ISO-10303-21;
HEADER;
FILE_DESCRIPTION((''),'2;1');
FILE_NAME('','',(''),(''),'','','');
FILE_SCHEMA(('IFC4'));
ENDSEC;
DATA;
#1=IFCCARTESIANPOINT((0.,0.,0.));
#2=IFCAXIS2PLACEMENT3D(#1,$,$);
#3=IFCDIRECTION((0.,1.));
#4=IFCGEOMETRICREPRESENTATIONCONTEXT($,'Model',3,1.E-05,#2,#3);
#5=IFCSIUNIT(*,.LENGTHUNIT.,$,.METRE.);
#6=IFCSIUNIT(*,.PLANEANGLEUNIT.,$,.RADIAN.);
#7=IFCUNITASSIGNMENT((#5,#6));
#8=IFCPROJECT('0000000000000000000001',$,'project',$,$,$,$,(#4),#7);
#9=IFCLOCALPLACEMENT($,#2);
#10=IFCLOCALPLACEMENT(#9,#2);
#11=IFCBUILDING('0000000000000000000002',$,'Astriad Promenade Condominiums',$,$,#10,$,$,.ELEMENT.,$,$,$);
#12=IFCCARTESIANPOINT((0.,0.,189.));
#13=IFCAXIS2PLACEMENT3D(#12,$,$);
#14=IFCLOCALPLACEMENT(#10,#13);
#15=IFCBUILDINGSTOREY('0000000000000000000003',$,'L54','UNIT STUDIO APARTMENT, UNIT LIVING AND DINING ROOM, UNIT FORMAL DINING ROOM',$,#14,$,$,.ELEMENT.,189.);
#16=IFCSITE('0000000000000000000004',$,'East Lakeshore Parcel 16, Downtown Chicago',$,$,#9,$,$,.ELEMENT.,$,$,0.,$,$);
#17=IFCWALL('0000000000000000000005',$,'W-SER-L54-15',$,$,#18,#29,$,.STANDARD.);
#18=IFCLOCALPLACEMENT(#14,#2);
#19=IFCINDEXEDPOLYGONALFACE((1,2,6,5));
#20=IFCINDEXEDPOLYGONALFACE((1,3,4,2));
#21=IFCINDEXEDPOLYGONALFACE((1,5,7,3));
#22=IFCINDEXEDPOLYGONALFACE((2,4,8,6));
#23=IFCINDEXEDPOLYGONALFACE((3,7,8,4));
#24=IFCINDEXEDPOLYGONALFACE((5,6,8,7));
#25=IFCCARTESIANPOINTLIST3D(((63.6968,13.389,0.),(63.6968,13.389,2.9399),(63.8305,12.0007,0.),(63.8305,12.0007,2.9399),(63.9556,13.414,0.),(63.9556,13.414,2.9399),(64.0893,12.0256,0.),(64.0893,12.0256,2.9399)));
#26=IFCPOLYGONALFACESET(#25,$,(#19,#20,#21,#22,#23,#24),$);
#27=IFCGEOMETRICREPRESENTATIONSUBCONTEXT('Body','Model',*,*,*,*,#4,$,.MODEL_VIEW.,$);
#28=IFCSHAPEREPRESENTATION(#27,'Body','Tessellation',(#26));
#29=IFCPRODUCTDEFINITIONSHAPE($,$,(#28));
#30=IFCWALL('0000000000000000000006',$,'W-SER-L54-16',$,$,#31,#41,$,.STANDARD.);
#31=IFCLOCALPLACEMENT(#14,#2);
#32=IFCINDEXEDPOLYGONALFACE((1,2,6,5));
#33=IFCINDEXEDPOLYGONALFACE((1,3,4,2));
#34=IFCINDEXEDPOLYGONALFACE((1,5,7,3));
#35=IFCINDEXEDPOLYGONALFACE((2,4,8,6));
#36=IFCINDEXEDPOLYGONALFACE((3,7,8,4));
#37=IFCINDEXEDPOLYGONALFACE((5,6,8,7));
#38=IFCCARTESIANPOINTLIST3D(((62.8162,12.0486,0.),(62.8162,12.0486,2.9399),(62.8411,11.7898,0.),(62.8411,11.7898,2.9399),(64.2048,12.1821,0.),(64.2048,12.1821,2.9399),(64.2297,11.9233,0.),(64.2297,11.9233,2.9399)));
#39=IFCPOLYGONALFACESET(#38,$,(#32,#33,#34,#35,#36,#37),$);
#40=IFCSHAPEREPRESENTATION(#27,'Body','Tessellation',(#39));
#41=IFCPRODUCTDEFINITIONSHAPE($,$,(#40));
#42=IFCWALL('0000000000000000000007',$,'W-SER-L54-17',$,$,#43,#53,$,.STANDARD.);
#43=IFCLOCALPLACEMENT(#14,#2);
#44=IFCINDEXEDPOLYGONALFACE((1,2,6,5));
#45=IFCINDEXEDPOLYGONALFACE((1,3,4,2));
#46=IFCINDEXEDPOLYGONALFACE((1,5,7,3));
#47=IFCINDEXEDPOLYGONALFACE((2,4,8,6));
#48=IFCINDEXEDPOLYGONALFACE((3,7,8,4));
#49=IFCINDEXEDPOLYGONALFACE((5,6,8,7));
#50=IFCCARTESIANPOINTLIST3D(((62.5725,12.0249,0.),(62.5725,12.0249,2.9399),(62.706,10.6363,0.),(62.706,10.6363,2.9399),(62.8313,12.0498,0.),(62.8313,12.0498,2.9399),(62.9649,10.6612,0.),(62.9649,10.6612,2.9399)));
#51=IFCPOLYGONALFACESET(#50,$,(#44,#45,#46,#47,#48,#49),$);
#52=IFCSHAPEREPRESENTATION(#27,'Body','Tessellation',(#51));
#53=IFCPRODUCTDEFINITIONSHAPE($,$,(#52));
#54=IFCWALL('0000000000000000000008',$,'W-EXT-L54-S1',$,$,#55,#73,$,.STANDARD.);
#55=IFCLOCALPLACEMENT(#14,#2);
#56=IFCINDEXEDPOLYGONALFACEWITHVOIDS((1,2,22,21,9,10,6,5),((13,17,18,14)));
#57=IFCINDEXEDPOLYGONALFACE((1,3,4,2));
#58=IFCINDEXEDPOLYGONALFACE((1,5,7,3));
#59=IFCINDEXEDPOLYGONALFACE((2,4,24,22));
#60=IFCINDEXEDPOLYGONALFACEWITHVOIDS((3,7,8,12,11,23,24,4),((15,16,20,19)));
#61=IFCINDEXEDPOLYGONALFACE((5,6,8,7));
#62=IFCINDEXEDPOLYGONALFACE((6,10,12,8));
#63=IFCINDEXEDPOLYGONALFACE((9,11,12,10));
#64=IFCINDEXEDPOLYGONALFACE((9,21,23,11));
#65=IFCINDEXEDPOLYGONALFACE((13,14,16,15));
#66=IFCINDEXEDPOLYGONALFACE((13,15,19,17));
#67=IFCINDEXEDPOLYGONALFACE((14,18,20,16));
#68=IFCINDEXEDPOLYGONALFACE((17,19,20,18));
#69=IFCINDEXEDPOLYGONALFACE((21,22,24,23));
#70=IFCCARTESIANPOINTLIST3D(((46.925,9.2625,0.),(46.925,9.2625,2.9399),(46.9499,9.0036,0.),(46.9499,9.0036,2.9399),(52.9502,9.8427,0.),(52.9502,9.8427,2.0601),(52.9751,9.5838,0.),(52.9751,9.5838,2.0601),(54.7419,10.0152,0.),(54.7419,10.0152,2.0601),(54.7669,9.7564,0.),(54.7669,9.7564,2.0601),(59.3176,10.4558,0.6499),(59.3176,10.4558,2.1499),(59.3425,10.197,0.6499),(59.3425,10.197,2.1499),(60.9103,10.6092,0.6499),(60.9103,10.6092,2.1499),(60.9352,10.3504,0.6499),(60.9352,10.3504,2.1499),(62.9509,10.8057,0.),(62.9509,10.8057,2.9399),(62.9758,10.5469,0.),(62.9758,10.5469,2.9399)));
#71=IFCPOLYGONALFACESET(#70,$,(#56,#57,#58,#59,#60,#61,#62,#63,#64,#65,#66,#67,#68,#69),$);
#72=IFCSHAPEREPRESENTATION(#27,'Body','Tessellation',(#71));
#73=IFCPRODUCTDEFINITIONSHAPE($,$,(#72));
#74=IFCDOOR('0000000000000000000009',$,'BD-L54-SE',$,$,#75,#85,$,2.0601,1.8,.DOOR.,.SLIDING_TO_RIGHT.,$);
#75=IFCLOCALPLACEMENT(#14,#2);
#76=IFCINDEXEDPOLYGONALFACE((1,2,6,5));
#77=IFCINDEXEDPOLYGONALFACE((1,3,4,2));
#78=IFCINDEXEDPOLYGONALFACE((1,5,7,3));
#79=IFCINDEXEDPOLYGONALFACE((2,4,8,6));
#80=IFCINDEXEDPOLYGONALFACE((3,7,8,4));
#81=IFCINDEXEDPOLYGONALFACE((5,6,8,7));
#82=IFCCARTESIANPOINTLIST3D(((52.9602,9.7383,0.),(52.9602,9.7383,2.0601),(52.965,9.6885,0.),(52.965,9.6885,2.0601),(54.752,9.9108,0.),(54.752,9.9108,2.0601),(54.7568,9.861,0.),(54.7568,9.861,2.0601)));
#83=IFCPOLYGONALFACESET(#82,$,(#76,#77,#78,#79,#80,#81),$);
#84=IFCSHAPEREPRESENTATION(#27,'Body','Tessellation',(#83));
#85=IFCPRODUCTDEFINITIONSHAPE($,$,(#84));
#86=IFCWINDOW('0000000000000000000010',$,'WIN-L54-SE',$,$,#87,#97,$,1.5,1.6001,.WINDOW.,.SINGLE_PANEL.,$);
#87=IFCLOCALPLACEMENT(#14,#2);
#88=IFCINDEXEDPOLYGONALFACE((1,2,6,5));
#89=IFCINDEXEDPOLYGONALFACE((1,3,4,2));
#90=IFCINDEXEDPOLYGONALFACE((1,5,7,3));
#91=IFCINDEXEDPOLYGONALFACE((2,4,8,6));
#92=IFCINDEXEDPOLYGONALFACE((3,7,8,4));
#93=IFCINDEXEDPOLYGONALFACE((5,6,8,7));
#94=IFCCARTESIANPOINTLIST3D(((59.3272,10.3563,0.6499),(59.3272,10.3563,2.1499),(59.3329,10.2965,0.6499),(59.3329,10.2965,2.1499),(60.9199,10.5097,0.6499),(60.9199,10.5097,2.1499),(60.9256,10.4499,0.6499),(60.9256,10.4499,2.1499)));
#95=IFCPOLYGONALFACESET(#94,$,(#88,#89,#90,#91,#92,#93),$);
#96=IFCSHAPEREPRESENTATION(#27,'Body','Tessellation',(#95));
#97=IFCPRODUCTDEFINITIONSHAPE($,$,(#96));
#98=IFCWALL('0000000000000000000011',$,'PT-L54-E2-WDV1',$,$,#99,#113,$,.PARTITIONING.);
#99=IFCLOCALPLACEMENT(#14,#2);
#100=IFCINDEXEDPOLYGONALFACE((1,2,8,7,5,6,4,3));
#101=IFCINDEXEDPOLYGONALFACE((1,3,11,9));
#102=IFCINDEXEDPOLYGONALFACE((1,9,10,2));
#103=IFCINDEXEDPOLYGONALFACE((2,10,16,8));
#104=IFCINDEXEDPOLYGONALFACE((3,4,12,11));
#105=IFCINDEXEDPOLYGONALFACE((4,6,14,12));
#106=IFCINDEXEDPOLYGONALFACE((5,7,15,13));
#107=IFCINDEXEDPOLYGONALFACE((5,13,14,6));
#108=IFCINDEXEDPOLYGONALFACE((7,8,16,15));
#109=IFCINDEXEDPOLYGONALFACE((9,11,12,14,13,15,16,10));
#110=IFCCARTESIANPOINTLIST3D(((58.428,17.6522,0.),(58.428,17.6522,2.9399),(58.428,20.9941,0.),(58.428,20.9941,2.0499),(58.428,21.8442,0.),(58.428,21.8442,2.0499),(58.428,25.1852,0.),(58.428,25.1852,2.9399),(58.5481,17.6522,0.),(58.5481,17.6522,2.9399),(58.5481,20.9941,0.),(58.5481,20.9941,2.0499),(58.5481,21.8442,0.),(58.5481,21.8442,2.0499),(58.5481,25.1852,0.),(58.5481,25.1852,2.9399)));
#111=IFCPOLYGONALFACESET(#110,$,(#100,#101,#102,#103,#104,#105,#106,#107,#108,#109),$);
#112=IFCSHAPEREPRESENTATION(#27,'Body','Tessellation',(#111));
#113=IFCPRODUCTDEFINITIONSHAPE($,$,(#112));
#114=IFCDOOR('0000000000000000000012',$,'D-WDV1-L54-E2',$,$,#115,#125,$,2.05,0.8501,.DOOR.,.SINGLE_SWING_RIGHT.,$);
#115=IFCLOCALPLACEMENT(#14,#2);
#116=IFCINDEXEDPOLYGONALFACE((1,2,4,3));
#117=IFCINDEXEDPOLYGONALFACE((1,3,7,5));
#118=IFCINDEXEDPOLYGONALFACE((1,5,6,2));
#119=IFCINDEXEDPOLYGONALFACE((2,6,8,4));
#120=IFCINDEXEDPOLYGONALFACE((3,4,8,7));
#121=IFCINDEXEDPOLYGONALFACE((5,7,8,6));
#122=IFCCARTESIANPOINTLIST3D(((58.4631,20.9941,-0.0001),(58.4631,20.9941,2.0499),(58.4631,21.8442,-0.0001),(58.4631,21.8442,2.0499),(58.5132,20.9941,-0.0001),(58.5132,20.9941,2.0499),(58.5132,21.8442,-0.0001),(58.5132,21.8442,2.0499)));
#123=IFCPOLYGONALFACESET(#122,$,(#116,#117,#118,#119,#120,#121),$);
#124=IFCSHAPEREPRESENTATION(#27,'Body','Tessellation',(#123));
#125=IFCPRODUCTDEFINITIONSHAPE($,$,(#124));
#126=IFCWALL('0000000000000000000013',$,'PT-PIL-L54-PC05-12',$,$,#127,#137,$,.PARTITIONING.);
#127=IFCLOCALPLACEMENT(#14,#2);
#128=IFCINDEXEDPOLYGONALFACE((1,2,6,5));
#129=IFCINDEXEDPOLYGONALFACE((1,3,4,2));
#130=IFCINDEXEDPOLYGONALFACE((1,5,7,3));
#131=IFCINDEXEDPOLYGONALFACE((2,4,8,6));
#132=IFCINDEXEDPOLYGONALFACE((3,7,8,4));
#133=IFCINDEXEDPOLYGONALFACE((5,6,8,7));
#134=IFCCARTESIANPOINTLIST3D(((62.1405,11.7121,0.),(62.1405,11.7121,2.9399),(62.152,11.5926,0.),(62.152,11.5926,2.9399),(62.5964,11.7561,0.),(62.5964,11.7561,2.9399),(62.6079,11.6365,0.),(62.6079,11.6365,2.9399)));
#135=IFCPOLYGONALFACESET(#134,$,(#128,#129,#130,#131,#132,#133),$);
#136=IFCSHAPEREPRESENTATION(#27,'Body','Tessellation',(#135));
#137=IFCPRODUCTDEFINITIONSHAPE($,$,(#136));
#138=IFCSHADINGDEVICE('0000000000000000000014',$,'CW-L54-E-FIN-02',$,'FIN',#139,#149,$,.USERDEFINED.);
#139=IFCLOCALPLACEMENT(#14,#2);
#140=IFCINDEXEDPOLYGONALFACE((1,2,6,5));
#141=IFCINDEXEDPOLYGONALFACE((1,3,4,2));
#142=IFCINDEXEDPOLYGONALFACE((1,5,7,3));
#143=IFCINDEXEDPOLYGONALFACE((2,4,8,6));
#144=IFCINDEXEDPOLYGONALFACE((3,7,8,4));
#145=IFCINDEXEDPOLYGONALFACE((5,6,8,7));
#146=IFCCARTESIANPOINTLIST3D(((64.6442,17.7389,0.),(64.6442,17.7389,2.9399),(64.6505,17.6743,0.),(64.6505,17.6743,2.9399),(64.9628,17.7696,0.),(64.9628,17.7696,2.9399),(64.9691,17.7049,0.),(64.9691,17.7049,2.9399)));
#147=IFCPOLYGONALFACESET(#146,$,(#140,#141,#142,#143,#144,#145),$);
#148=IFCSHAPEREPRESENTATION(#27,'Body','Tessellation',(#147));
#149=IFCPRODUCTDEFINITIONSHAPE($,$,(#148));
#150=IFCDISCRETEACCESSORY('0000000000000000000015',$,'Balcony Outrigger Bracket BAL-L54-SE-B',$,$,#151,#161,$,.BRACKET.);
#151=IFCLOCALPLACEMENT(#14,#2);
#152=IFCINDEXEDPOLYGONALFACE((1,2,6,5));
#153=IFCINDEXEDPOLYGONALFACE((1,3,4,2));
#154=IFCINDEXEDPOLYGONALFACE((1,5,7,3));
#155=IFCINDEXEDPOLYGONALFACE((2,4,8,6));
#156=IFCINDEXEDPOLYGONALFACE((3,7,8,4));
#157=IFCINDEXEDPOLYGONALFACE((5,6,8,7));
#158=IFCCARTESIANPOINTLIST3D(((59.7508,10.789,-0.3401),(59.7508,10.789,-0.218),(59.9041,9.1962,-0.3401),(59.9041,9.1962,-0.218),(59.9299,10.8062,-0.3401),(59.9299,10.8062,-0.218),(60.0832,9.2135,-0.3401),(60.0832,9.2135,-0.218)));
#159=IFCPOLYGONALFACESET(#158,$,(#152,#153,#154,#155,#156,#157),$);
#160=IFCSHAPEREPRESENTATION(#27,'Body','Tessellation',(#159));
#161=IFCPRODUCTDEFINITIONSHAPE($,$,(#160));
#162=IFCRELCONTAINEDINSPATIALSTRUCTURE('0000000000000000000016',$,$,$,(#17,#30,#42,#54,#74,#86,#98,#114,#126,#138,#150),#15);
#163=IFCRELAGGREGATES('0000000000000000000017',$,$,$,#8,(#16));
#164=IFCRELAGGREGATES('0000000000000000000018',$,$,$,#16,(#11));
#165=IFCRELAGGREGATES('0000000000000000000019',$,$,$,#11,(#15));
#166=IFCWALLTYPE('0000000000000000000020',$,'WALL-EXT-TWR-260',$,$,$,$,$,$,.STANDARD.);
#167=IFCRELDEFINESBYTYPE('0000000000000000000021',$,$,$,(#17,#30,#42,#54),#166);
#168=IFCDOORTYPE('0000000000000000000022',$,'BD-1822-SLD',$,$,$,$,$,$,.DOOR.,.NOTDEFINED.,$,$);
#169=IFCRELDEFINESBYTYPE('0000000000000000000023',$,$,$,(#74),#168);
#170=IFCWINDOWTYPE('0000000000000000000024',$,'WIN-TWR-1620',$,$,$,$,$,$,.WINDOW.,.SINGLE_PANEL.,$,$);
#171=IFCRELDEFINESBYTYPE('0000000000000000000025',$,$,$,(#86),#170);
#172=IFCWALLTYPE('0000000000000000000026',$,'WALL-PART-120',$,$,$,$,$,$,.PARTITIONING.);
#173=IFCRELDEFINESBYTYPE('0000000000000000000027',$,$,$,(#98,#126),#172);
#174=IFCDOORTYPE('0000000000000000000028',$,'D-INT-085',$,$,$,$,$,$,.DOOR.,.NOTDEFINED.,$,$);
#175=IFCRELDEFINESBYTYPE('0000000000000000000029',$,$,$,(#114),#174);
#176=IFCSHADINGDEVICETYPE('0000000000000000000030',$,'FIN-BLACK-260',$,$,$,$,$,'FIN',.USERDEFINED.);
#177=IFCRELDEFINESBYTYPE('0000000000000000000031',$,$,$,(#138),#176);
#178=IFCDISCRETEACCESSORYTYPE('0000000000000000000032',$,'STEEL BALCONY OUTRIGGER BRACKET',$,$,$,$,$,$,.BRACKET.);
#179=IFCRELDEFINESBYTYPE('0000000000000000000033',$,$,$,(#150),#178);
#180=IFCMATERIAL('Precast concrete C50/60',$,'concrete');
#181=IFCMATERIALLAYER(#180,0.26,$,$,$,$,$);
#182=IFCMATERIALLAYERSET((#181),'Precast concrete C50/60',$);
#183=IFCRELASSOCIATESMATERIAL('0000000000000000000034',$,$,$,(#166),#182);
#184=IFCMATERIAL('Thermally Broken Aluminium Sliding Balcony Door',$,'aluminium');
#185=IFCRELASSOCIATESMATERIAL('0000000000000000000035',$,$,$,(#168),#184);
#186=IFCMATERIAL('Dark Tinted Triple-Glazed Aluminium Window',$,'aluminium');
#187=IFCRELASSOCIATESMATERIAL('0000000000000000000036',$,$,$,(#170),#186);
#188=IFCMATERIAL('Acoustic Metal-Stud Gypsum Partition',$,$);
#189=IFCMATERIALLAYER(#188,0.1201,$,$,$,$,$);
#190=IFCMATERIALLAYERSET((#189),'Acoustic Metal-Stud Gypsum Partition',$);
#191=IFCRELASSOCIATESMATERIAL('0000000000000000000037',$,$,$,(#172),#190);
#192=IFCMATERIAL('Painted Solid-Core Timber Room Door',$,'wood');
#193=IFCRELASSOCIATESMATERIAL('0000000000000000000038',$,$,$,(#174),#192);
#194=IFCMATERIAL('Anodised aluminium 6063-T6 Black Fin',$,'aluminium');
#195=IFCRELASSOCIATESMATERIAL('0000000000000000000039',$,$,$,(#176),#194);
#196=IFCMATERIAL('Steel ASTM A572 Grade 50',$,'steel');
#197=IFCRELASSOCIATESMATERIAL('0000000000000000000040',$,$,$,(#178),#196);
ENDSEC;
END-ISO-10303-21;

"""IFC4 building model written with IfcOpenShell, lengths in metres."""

from ifc_helpers import new_model, si_unit, direction, frame, frame_2d, origin, origin_2d, place, context, subcontext, project, spatial, rectangle, extrude, source, transform, mapped, material, layer, layer_set, type_object, type_shapes, element, fill, save


model = new_model("IFC4")

# Units and contexts
model_context = context("Model", 3, precision=1e-05, world=origin(), true_north=direction((0.0, 1.0)))
body_context = subcontext(model_context, "Body", "Model", "MODEL_VIEW")
ifc_project = project(units=[si_unit("LENGTHUNIT", "METRE"), si_unit("PLANEANGLEUNIT", "RADIAN")], contexts=[model_context])

# Site, building, storey
site_placement = place(None, origin())
site = spatial("IfcSite", under=ifc_project, at=site_placement, Name="East Lakeshore Parcel 16, Downtown Chicago", CompositionType="ELEMENT", RefElevation=0.0)
building_placement = place(site_placement, origin())
building = spatial("IfcBuilding", under=site, at=building_placement, Name="Astriad Promenade Condominiums", CompositionType="ELEMENT")
storey_placement = place(building_placement, frame((0.0, 0.0, 189.0)))
storey = spatial("IfcBuildingStorey", under=building, at=storey_placement, Name="L54", Description="UNIT STUDIO APARTMENT, UNIT LIVING AND DINING ROOM, UNIT FORMAL DINING ROOM", CompositionType="ELEMENT", Elevation=189.0)

# Walls
ifc_material_1 = material(Name="Precast concrete C50/60", Category="concrete")
ifc_layer_1 = layer(ifc_material_1, 0.26)
ifc_layer_set_1 = layer_set([ifc_layer_1], Name="Precast concrete C50/60")
wall_type_1 = type_object("IfcWallType", Name="WALL-EXT-TWR-260", PredefinedType="STANDARD", material=ifc_layer_set_1)
wall_1_placement = place(storey_placement, frame((63.8262, 13.4014, 0.0), z_axis=(0.0, 0.0, 1.0), x_axis=(0.095916, -0.995389, 0.0)))
element("IfcWall", 1, at=wall_1_placement, inside=storey, type_object=wall_type_1, Name="W-SER-L54-15", PredefinedType="STANDARD", context=body_context, shape_type="SweptSolid", body=[
    extrude(rectangle(XDim=1.3948, YDim=0.26, at=frame_2d((0.6973, 0.0))), origin(), (0.0, 0.0, 1.0), 2.9399),
])
for number, where, z_axis, x_axis, name in (
    (2, (64.2173, 12.0527, 0.0), (0.0, 0.0, 1.0), (-0.995408, -0.095726, 0.0), "W-SER-L54-16"),
    (3, (62.7019, 12.0374, 0.0), (0.0, 0.0, 1.0), (0.095726, -0.995408, 0.0), "W-SER-L54-17"),
):
    element("IfcWall", number, at=place(storey_placement, frame(where, z_axis=z_axis, x_axis=x_axis)), inside=storey, type_object=wall_type_1, Name=name, PredefinedType="STANDARD", context=body_context, shape_type="SweptSolid", body=[
        extrude(rectangle(XDim=1.395, YDim=0.26, at=frame_2d((0.6975, 0.0))), origin(), (0.0, 0.0, 1.0), 2.9399),
    ])

# Wall, openings, door, window
wall_2_placement = place(storey_placement, frame((62.9634, 10.6763, 0.0), z_axis=(0.0, 0.0, 1.0), x_axis=(-0.995396, -0.095852, 0.0)))
wall_2 = element("IfcWall", 4, at=wall_2_placement, inside=storey, type_object=wall_type_1, Name="W-EXT-L54-S1", PredefinedType="STANDARD", context=body_context, shape_type="SweptSolid", body=[
    extrude(rectangle(XDim=16.1001, YDim=0.26, at=frame_2d((8.05, 0.0))), origin(), (0.0, 0.0, 1.0), 2.9399),
])
opening_1_placement = place(wall_2_placement, frame((8.2471, 0.0, 0.0)))
opening_1 = element("IfcOpeningElement", 5, at=opening_1_placement, cuts=wall_2, PredefinedType="OPENING", context=body_context, shape_type="SweptSolid", body=[
    extrude(rectangle(XDim=1.8, YDim=2.0601, at=frame_2d((0.8999, 1.03))), frame((0.0, 0.1399, 0.0), z_axis=(0.0, -1.0, 0.0), x_axis=(1.0, 0.0, 0.0)), (0.0, 0.0, 1.0), 0.28),
])
opening_2_placement = place(wall_2_placement, frame((2.05, 0.0, 0.6499)))
opening_2 = element("IfcOpeningElement", 6, at=opening_2_placement, cuts=wall_2, PredefinedType="OPENING", context=body_context, shape_type="SweptSolid", body=[
    extrude(rectangle(XDim=1.6001, YDim=1.5, at=frame_2d((0.8, 0.75))), frame((0.0, 0.1399, 0.0), z_axis=(0.0, -1.0, 0.0), x_axis=(1.0, 0.0, 0.0)), (0.0, 0.0, 1.0), 0.28),
])
ifc_material_2 = material(Name="Thermally Broken Aluminium Sliding Balcony Door", Category="aluminium")
door_type_1 = type_object("IfcDoorType", Name="BD-1822-SLD", OperationType="NOTDEFINED", PredefinedType="DOOR", material=ifc_material_2)
shared_shape_1 = source(origin(), body_context, "Body", "SweptSolid", [
    extrude(rectangle(XDim=1.8, YDim=2.0601, at=frame_2d((0.8999, 1.03))), frame((0.0, 0.0249, 0.0), z_axis=(0.0, -1.0, 0.0), x_axis=(1.0, 0.0, 0.0)), (0.0, 0.0, 1.0), 0.05),
])
type_shapes(door_type_1, [shared_shape_1])
door_1_placement = place(opening_1_placement, origin())
door_1 = element("IfcDoor", 7, at=door_1_placement, inside=storey, type_object=door_type_1, Name="BD-L54-SE", OperationType="SLIDING_TO_RIGHT", OverallHeight=2.0601, OverallWidth=1.8, PredefinedType="DOOR", context=body_context, shape_type="MappedRepresentation", body=[
    mapped(shared_shape_1, transform((0.0, 0.0, 0.0), scale=1.0)),
])
fill(opening_1, door_1)
ifc_material_3 = material(Name="Dark Tinted Triple-Glazed Aluminium Window", Category="aluminium")
window_type = type_object("IfcWindowType", Name="WIN-TWR-1620", PartitioningType="SINGLE_PANEL", PredefinedType="WINDOW", material=ifc_material_3)
shared_shape_2 = source(origin(), body_context, "Body", "SweptSolid", [
    extrude(rectangle(XDim=1.6001, YDim=1.5, at=frame_2d((0.8, 0.75))), frame((0.0, 0.03, 0.0), z_axis=(0.0, -1.0, 0.0), x_axis=(1.0, 0.0, 0.0)), (0.0, 0.0, 1.0), 0.0601),
])
type_shapes(window_type, [shared_shape_2])
window_placement = place(opening_2_placement, origin())
window = element("IfcWindow", 8, at=window_placement, inside=storey, type_object=window_type, Name="WIN-L54-SE", OverallHeight=1.5, OverallWidth=1.6001, PartitioningType="SINGLE_PANEL", PredefinedType="WINDOW", context=body_context, shape_type="MappedRepresentation", body=[
    mapped(shared_shape_2, transform((0.0, 0.0, 0.0), scale=1.0)),
])
fill(opening_2, window)

# Wall, opening, door
ifc_material_4 = material(Name="Acoustic Metal-Stud Gypsum Partition")
ifc_layer_2 = layer(ifc_material_4, 0.1201)
ifc_layer_set_2 = layer_set([ifc_layer_2], Name="Acoustic Metal-Stud Gypsum Partition")
wall_type_2 = type_object("IfcWallType", Name="WALL-PART-120", PredefinedType="PARTITIONING", material=ifc_layer_set_2)
wall_3_placement = place(storey_placement, frame((58.488, 17.6521, 0.0), z_axis=(0.0, 0.0, 1.0), x_axis=(0.0, 1.0, 0.0)))
wall_3 = element("IfcWall", 9, at=wall_3_placement, inside=storey, type_object=wall_type_2, Name="PT-L54-E2-WDV1", PredefinedType="PARTITIONING", context=body_context, shape_type="SweptSolid", body=[
    extrude(rectangle(XDim=7.533, YDim=0.1201, at=frame_2d((3.7666, 0.0))), origin(), (0.0, 0.0, 1.0), 2.9399),
])
opening_3_placement = place(wall_3_placement, frame((3.342, 0.0, 0.0)))
opening_3 = element("IfcOpeningElement", 10, at=opening_3_placement, cuts=wall_3, PredefinedType="OPENING", context=body_context, shape_type="SweptSolid", body=[
    extrude(rectangle(XDim=0.8501, YDim=2.05, at=frame_2d((0.425, 1.0249))), frame((0.0, 0.0701, 0.0), z_axis=(0.0, -1.0, 0.0), x_axis=(1.0, 0.0, 0.0)), (0.0, 0.0, 1.0), 0.1401),
])
ifc_material_5 = material(Name="Painted Solid-Core Timber Room Door", Category="wood")
door_type_2 = type_object("IfcDoorType", Name="D-INT-085", OperationType="NOTDEFINED", PredefinedType="DOOR", material=ifc_material_5)
shared_shape_3 = source(origin(), body_context, "Body", "SweptSolid", [
    extrude(rectangle(XDim=0.8501, YDim=2.05, at=frame_2d((0.425, 1.0249))), frame((0.0, 0.0249, 0.0), z_axis=(0.0, -1.0, 0.0), x_axis=(1.0, 0.0, 0.0)), (0.0, 0.0, 1.0), 0.05),
])
type_shapes(door_type_2, [shared_shape_3])
door_2_placement = place(opening_3_placement, origin())
door_2 = element("IfcDoor", 11, at=door_2_placement, inside=storey, type_object=door_type_2, Name="D-WDV1-L54-E2", OperationType="SINGLE_SWING_RIGHT", OverallHeight=2.05, OverallWidth=0.8501, PredefinedType="DOOR", context=body_context, shape_type="MappedRepresentation", body=[
    mapped(shared_shape_3, transform((0.0, 0.0, 0.0), scale=1.0)),
])
fill(opening_3, door_2)

# Wall
wall_4_placement = place(storey_placement, frame((62.1462, 11.6523, 0.0), z_axis=(0.0, 0.0, 1.0), x_axis=(0.995385, 0.095966, 0.0)))
element("IfcWall", 12, at=wall_4_placement, inside=storey, type_object=wall_type_2, Name="PT-PIL-L54-PC05-12", PredefinedType="PARTITIONING", context=body_context, shape_type="SweptSolid", body=[
    extrude(rectangle(XDim=0.458, YDim=0.1201, at=frame_2d((0.229, 0.0))), origin(), (0.0, 0.0, 1.0), 2.9399),
])

# Shading device
ifc_material_6 = material(Name="Anodised aluminium 6063-T6 Black Fin", Category="aluminium")
shading_device_type = type_object("IfcShadingDeviceType", Name="FIN-BLACK-260", ElementType="FIN", PredefinedType="USERDEFINED", material=ifc_material_6)
shared_shape_4 = source(origin(), body_context, "Body", "SweptSolid", [
    extrude(rectangle(XDim=0.0649, YDim=0.3201, at=origin_2d()), origin(), (0.0, 0.0, 1.0), 2.9399),
])
type_shapes(shading_device_type, [shared_shape_4])
shading_device_placement = place(storey_placement, frame((64.8066, 17.7219, 0.0), z_axis=(0.0, 0.0, 1.0), x_axis=(0.095846, -0.995396, 0.0)))
element("IfcShadingDevice", 13, at=shading_device_placement, inside=storey, type_object=shading_device_type, Name="CW-L54-E-FIN-02", ObjectType="FIN", PredefinedType="USERDEFINED", context=body_context, shape_type="MappedRepresentation", body=[
    mapped(shared_shape_4, transform((0.0, 0.0, 0.0), scale=1.0)),
])

# Discrete accessory
ifc_material_7 = material(Name="Steel ASTM A572 Grade 50", Category="steel")
discrete_accessory_type = type_object("IfcDiscreteAccessoryType", Name="STEEL BALCONY OUTRIGGER BRACKET", PredefinedType="BRACKET", material=ifc_material_7)
shared_shape_5 = source(origin(), body_context, "Body", "SweptSolid", [
    extrude(rectangle(XDim=1.6001, YDim=0.1799, at=origin_2d()), origin(), (0.0, 0.0, 1.0), 0.1221),
])
type_shapes(discrete_accessory_type, [shared_shape_5])
discrete_accessory_placement = place(storey_placement, frame((59.917, 10.0012, -0.3401), z_axis=(0.0, 0.0, 1.0), x_axis=(0.095846, -0.995396, 0.0)))
element("IfcDiscreteAccessory", 14, at=discrete_accessory_placement, inside=storey, type_object=discrete_accessory_type, Name="Balcony Outrigger Bracket BAL-L54-SE-B", PredefinedType="BRACKET", context=body_context, shape_type="MappedRepresentation", body=[
    mapped(shared_shape_5, transform((0.0, 0.0, 0.0), scale=1.0)),
])

save(model, "model.ifc")
